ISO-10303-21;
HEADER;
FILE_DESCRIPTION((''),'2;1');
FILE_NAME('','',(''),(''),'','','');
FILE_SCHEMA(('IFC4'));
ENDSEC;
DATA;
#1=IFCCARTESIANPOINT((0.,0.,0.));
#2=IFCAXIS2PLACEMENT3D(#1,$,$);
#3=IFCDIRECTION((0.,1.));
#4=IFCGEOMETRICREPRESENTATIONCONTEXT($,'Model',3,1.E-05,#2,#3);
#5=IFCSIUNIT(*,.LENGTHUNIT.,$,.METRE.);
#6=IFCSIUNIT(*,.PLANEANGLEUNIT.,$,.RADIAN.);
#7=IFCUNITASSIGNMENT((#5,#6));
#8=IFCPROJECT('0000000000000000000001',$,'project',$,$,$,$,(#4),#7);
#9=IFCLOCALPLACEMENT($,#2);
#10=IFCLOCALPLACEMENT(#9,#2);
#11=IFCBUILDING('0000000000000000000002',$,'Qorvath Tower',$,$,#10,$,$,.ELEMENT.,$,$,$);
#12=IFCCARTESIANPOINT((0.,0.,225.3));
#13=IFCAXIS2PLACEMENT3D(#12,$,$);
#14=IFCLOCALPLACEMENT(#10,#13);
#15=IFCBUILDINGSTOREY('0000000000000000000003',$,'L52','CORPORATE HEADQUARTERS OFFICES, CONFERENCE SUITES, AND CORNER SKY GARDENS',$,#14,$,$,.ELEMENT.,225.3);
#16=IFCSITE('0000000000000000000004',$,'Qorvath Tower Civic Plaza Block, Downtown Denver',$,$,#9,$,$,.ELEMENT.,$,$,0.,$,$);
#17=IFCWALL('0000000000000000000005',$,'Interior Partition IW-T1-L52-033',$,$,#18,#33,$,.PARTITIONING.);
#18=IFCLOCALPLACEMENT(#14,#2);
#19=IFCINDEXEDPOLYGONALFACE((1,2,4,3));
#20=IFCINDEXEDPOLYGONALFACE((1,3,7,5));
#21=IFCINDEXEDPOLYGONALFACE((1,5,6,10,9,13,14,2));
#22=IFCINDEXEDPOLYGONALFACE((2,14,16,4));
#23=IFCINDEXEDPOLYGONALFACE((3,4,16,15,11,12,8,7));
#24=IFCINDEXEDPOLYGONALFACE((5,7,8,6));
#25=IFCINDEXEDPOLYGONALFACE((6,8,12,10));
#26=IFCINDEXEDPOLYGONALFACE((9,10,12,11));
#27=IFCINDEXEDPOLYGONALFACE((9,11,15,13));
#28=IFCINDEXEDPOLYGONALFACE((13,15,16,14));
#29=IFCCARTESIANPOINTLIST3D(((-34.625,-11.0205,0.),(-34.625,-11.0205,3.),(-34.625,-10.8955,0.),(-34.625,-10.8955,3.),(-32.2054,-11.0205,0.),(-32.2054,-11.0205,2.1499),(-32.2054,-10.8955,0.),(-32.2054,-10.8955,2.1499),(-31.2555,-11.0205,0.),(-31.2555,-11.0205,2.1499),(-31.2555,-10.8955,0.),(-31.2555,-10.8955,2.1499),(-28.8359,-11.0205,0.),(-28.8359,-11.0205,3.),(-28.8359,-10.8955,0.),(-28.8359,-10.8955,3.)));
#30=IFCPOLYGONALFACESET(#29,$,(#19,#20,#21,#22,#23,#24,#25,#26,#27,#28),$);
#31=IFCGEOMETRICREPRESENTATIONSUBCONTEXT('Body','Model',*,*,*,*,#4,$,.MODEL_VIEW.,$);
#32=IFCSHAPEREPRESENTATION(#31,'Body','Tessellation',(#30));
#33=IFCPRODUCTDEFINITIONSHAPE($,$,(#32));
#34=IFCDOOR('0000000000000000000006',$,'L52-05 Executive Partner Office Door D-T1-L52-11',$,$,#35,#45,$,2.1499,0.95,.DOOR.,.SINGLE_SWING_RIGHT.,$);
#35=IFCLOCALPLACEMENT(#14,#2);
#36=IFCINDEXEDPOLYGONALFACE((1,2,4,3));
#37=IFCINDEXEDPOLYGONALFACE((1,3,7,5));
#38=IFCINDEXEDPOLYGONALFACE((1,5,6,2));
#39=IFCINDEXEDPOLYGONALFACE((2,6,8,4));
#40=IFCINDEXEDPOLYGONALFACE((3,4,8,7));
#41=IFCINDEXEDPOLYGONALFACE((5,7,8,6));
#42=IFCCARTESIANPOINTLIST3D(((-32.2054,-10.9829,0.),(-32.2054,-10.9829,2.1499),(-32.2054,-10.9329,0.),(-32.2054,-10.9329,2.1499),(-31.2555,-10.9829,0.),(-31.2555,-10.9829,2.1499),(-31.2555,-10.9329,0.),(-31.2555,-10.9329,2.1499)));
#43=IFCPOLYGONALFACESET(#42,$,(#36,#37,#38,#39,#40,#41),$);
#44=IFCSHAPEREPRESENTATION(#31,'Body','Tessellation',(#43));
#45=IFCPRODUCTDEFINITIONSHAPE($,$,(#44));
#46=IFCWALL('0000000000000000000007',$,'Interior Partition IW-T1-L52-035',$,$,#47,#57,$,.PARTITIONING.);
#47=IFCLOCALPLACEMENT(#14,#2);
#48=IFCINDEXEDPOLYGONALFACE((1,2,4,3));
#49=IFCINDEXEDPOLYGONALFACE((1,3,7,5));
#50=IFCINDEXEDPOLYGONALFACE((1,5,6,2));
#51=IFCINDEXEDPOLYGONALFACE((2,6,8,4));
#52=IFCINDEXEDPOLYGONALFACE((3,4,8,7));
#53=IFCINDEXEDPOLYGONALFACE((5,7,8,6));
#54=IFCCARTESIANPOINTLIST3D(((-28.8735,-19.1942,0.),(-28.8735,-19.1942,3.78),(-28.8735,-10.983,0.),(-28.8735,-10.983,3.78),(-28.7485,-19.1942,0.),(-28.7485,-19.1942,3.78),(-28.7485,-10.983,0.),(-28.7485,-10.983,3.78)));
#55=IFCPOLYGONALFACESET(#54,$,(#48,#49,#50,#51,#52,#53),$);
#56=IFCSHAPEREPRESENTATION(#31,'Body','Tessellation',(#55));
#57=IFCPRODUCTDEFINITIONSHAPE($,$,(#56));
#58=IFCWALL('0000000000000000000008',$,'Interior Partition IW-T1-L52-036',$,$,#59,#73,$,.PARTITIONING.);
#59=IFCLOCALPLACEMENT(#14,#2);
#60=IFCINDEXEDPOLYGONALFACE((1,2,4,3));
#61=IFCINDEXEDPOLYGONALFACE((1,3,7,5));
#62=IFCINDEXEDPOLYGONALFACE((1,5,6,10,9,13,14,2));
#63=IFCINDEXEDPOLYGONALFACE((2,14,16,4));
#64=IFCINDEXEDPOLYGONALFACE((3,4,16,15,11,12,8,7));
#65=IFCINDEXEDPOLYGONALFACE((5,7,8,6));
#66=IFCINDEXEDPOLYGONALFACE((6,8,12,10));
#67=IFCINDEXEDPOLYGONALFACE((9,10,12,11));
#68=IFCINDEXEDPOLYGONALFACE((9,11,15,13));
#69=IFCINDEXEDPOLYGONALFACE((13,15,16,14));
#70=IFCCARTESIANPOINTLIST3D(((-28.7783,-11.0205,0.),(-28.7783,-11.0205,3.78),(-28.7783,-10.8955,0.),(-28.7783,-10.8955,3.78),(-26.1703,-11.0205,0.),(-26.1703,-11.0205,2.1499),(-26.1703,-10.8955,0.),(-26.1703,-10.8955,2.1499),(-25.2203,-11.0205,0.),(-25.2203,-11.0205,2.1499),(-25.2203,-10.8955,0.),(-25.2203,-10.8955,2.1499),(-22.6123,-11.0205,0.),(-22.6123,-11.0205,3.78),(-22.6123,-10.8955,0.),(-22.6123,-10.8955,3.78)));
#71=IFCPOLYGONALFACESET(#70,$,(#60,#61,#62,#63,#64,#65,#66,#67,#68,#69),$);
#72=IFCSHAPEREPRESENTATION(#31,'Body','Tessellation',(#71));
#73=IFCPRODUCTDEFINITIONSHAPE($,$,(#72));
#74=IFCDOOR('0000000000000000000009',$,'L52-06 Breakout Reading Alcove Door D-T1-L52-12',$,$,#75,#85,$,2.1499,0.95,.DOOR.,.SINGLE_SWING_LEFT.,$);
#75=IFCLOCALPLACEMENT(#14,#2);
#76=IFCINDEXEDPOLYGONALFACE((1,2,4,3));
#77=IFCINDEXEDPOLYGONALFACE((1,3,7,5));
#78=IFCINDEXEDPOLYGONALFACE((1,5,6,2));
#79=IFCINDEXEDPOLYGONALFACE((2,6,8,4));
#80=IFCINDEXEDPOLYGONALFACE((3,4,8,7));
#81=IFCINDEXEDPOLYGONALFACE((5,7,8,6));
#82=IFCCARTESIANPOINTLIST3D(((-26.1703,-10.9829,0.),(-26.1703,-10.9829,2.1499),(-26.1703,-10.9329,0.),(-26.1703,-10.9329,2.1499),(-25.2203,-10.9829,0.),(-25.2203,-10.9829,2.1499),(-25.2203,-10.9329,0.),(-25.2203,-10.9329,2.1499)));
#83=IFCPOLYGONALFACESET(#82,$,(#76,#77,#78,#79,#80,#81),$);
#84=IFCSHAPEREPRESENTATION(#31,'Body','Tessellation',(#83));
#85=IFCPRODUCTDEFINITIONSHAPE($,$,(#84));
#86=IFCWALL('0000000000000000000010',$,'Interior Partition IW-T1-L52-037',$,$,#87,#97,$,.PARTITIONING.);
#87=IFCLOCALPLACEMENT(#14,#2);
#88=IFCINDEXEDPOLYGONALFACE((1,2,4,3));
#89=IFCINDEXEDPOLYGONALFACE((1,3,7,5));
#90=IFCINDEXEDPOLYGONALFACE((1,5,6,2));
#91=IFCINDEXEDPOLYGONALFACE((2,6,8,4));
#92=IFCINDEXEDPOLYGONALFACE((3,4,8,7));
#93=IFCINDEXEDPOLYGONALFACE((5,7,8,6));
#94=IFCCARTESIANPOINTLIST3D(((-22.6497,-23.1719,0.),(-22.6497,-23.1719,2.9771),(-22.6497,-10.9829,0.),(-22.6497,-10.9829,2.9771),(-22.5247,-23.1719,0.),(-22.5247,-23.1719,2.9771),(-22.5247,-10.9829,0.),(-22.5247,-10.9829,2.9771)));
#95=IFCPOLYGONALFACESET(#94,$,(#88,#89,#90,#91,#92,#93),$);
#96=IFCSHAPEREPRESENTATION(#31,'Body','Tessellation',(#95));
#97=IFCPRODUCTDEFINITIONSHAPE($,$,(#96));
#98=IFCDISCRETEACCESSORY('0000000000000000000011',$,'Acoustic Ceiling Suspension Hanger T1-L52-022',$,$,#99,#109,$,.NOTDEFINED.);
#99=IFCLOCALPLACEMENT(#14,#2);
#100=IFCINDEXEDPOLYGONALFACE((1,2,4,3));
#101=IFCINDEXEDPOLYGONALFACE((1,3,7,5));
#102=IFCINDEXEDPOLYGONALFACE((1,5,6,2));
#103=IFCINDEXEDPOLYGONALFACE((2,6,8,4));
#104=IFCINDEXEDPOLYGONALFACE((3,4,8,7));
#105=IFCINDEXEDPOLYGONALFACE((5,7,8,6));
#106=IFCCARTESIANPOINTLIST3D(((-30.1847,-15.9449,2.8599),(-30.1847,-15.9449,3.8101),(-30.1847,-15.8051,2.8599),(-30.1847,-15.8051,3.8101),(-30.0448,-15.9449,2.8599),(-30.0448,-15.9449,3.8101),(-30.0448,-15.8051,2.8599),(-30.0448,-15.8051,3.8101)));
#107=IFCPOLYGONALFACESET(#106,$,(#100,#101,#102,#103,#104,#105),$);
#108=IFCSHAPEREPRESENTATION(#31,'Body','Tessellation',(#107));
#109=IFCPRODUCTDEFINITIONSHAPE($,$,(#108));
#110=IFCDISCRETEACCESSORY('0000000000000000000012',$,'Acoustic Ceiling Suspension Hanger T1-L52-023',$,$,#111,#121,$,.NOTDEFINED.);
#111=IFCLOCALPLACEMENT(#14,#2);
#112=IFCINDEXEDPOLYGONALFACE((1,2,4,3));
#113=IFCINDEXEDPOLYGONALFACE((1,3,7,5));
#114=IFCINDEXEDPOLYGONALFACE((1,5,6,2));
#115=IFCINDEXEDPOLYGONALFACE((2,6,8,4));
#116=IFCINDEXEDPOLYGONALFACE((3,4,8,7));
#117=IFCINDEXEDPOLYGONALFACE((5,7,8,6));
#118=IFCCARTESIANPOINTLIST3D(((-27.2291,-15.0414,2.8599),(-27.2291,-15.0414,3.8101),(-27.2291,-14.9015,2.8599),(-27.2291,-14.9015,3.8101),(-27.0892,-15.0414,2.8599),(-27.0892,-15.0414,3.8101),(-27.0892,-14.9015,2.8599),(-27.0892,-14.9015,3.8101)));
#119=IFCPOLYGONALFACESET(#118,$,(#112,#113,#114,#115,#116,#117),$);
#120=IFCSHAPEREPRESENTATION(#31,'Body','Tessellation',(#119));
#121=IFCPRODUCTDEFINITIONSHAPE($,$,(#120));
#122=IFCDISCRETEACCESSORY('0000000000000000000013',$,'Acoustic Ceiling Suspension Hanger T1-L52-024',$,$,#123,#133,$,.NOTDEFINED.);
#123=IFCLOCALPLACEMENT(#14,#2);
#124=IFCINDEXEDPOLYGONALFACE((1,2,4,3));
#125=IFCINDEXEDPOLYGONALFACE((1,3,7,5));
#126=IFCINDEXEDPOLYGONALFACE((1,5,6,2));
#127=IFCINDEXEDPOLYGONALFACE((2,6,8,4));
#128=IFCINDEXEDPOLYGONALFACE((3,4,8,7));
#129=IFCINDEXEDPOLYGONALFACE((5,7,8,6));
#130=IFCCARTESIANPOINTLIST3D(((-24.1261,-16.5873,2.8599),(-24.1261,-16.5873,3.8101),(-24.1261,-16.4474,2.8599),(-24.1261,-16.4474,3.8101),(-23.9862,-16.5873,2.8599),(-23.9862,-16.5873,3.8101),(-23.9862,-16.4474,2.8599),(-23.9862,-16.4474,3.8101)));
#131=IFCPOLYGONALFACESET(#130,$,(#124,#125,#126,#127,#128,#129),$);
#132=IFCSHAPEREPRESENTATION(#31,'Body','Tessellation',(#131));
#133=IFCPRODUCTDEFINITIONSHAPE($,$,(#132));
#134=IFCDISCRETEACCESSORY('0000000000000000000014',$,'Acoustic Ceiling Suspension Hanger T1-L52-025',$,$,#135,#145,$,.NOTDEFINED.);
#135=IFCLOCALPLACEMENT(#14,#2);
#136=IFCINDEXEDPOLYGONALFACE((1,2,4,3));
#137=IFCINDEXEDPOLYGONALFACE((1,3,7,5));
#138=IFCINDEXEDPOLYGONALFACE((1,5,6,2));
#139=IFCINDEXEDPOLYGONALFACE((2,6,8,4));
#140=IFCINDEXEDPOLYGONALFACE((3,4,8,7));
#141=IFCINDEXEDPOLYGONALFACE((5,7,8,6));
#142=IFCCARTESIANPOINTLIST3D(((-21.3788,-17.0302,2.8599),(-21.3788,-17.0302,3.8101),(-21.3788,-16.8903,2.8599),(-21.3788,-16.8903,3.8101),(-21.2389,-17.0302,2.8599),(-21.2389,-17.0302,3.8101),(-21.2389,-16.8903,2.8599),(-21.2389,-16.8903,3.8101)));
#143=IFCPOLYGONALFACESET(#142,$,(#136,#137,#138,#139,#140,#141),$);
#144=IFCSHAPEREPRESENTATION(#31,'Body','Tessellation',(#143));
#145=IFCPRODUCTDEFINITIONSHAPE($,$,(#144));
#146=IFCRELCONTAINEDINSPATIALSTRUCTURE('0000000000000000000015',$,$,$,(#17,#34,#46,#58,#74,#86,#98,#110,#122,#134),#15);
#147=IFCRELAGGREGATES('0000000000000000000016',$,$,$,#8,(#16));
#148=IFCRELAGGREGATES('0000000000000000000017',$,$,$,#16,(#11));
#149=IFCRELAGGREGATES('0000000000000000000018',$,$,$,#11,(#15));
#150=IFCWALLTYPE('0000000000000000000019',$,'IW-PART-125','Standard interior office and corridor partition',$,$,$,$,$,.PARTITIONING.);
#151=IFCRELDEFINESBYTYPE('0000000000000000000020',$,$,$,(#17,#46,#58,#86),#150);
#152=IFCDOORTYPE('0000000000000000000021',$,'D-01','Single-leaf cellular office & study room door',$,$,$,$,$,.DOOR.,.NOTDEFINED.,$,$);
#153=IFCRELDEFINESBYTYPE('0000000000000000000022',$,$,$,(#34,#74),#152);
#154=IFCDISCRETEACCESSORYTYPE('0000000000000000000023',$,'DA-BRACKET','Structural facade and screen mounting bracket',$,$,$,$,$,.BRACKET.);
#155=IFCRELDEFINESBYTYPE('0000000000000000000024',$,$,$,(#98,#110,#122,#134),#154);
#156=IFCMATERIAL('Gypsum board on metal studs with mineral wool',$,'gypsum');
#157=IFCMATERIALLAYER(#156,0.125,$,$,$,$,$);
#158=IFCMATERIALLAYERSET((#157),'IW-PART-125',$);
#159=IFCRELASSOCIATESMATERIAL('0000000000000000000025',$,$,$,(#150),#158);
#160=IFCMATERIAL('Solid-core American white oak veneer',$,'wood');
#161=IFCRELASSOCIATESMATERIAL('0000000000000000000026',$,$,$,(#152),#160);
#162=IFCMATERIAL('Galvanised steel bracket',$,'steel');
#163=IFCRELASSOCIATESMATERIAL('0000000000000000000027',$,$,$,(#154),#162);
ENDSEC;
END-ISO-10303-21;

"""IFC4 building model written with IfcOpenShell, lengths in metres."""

from ifc_helpers import new_model, si_unit, direction, frame, frame_2d, origin, origin_2d, place, context, subcontext, project, spatial, rectangle, extrude, material, layer, layer_set, type_object, element, fill, save


model = new_model("IFC4")

# Units and contexts
model_context = context("Model", 3, precision=1e-05, world=origin(), true_north=direction((0.0, 1.0)))
body_context = subcontext(model_context, "Body", "Model", "MODEL_VIEW")
ifc_project = project(units=[si_unit("LENGTHUNIT", "METRE"), si_unit("PLANEANGLEUNIT", "RADIAN")], contexts=[model_context])

# Site, building, storey
site_placement = place(None, origin())
site = spatial("IfcSite", under=ifc_project, at=site_placement, Name="Qorvath Tower Civic Plaza Block, Downtown Denver", CompositionType="ELEMENT", RefElevation=0.0)
building_placement = place(site_placement, origin())
building = spatial("IfcBuilding", under=site, at=building_placement, Name="Qorvath Tower", CompositionType="ELEMENT")
storey_placement = place(building_placement, frame((0.0, 0.0, 225.3)))
storey = spatial("IfcBuildingStorey", under=building, at=storey_placement, Name="L52", Description="CORPORATE HEADQUARTERS OFFICES, CONFERENCE SUITES, AND CORNER SKY GARDENS", CompositionType="ELEMENT", Elevation=225.3)

# Wall, opening, door
ifc_material_1 = material(Name="Gypsum board on metal studs with mineral wool", Category="gypsum")
ifc_layer_1 = layer(ifc_material_1, 0.125)
ifc_layer_set_1 = layer_set([ifc_layer_1], Name="IW-PART-125")
wall_type = type_object("IfcWallType", Name="IW-PART-125", Description="Standard interior office and corridor partition", PredefinedType="PARTITIONING", material=ifc_layer_set_1)
wall_1_placement = place(storey_placement, frame((-28.8359, -10.958, 0.0), z_axis=(0.0, 0.0, 1.0), x_axis=(-1.0, 0.0, 0.0)))
wall_1 = element("IfcWall", 1, at=wall_1_placement, inside=storey, type_object=wall_type, Name="Interior Partition IW-T1-L52-033", PredefinedType="PARTITIONING", context=body_context, shape_type="SweptSolid", body=[
    extrude(rectangle(XDim=5.7891, YDim=0.125, at=frame_2d((2.8945, 0.0))), origin(), (0.0, 0.0, 1.0), 3.0),
])
opening_1_placement = place(wall_1_placement, frame((2.4194, 0.0, 0.0)))
opening_1 = element("IfcOpeningElement", 2, at=opening_1_placement, cuts=wall_1, PredefinedType="OPENING", context=body_context, shape_type="SweptSolid", body=[
    extrude(rectangle(XDim=0.95, YDim=2.1499, at=frame_2d((0.4751, 1.075))), frame((0.0, 0.0725, 0.0), z_axis=(0.0, -1.0, 0.0), x_axis=(1.0, 0.0, 0.0)), (0.0, 0.0, 1.0), 0.145),
])
ifc_material_2 = material(Name="Solid-core American white oak veneer", Category="wood")
door_type = type_object("IfcDoorType", Name="D-01", Description="Single-leaf cellular office & study room door", OperationType="NOTDEFINED", PredefinedType="DOOR", material=ifc_material_2)
door_1_placement = place(opening_1_placement, origin())
door_1 = element("IfcDoor", 3, at=door_1_placement, inside=storey, type_object=door_type, Name="L52-05 Executive Partner Office Door D-T1-L52-11", OperationType="SINGLE_SWING_RIGHT", OverallHeight=2.1499, OverallWidth=0.95, PredefinedType="DOOR", context=body_context, shape_type="SweptSolid", body=[
    extrude(rectangle(XDim=0.95, YDim=2.1499, at=frame_2d((0.4751, 1.075))), frame((0.0, 0.0249, 0.0), z_axis=(0.0, -1.0, 0.0), x_axis=(1.0, 0.0, 0.0)), (0.0, 0.0, 1.0), 0.05),
])
fill(opening_1, door_1)

# Wall
wall_2_placement = place(storey_placement, frame((-28.811, -19.1941, 0.0), z_axis=(0.0, 0.0, 1.0), x_axis=(0.0, 1.0, 0.0)))
element("IfcWall", 4, at=wall_2_placement, inside=storey, type_object=wall_type, Name="Interior Partition IW-T1-L52-035", PredefinedType="PARTITIONING", context=body_context, shape_type="SweptSolid", body=[
    extrude(rectangle(XDim=8.2112, YDim=0.125, at=frame_2d((4.1055, 0.0))), origin(), (0.0, 0.0, 1.0), 3.78),
])

# Wall, opening, door
wall_3_placement = place(storey_placement, frame((-22.6123, -10.958, 0.0), z_axis=(0.0, 0.0, 1.0), x_axis=(-1.0, 0.0, 0.0)))
wall_3 = element("IfcWall", 5, at=wall_3_placement, inside=storey, type_object=wall_type, Name="Interior Partition IW-T1-L52-036", PredefinedType="PARTITIONING", context=body_context, shape_type="SweptSolid", body=[
    extrude(rectangle(XDim=6.166, YDim=0.125, at=frame_2d((3.083, 0.0))), origin(), (0.0, 0.0, 1.0), 3.78),
])
opening_2_placement = place(wall_3_placement, frame((2.6079, 0.0, 0.0)))
opening_2 = element("IfcOpeningElement", 6, at=opening_2_placement, cuts=wall_3, PredefinedType="OPENING", context=body_context, shape_type="SweptSolid", body=[
    extrude(rectangle(XDim=0.95, YDim=2.1499, at=frame_2d((0.4751, 1.075))), frame((0.0, 0.0725, 0.0), z_axis=(0.0, -1.0, 0.0), x_axis=(1.0, 0.0, 0.0)), (0.0, 0.0, 1.0), 0.145),
])
door_2_placement = place(opening_2_placement, origin())
door_2 = element("IfcDoor", 7, at=door_2_placement, inside=storey, type_object=door_type, Name="L52-06 Breakout Reading Alcove Door D-T1-L52-12", OperationType="SINGLE_SWING_LEFT", OverallHeight=2.1499, OverallWidth=0.95, PredefinedType="DOOR", context=body_context, shape_type="SweptSolid", body=[
    extrude(rectangle(XDim=0.95, YDim=2.1499, at=frame_2d((0.4751, 1.075))), frame((0.0, 0.0249, 0.0), z_axis=(0.0, -1.0, 0.0), x_axis=(1.0, 0.0, 0.0)), (0.0, 0.0, 1.0), 0.05),
])
fill(opening_2, door_2)

# Wall
wall_4_placement = place(storey_placement, frame((-22.5872, -23.1719, 0.0), z_axis=(0.0, 0.0, 1.0), x_axis=(0.0, 1.0, 0.0)))
element("IfcWall", 8, at=wall_4_placement, inside=storey, type_object=wall_type, Name="Interior Partition IW-T1-L52-037", PredefinedType="PARTITIONING", context=body_context, shape_type="SweptSolid", body=[
    extrude(rectangle(XDim=12.189, YDim=0.125, at=frame_2d((6.0945, 0.0))), origin(), (0.0, 0.0, 1.0), 2.9771),
])

# Discrete accessories
ifc_material_3 = material(Name="Galvanised steel bracket", Category="steel")
discrete_accessory_type = type_object("IfcDiscreteAccessoryType", Name="DA-BRACKET", Description="Structural facade and screen mounting bracket", PredefinedType="BRACKET", material=ifc_material_3)
for number, where, z_axis, x_axis, name in (
    (9, (-30.1147, -15.875, 2.8599), (0.0, 0.0, 1.0), (1.0, 0.0, 0.0), "Acoustic Ceiling Suspension Hanger T1-L52-022"),
    (10, (-27.1592, -14.9714, 2.8599), (0.0, 0.0, 1.0), (1.0, 0.0, 0.0), "Acoustic Ceiling Suspension Hanger T1-L52-023"),
    (11, (-24.0562, -16.5173, 2.8599), (0.0, 0.0, 1.0), (1.0, 0.0, 0.0), "Acoustic Ceiling Suspension Hanger T1-L52-024"),
    (12, (-21.3088, -16.9602, 2.8599), (0.0, 0.0, 1.0), (1.0, 0.0, 0.0), "Acoustic Ceiling Suspension Hanger T1-L52-025"),
):
    element("IfcDiscreteAccessory", number, at=place(storey_placement, frame(where, z_axis=z_axis, x_axis=x_axis)), inside=storey, type_object=discrete_accessory_type, Name=name, PredefinedType="NOTDEFINED", context=body_context, shape_type="SweptSolid", body=[
        extrude(rectangle(XDim=0.1399, YDim=0.1399, at=origin_2d()), origin(), (0.0, 0.0, 1.0), 0.9502),
    ])

save(model, "model.ifc")
